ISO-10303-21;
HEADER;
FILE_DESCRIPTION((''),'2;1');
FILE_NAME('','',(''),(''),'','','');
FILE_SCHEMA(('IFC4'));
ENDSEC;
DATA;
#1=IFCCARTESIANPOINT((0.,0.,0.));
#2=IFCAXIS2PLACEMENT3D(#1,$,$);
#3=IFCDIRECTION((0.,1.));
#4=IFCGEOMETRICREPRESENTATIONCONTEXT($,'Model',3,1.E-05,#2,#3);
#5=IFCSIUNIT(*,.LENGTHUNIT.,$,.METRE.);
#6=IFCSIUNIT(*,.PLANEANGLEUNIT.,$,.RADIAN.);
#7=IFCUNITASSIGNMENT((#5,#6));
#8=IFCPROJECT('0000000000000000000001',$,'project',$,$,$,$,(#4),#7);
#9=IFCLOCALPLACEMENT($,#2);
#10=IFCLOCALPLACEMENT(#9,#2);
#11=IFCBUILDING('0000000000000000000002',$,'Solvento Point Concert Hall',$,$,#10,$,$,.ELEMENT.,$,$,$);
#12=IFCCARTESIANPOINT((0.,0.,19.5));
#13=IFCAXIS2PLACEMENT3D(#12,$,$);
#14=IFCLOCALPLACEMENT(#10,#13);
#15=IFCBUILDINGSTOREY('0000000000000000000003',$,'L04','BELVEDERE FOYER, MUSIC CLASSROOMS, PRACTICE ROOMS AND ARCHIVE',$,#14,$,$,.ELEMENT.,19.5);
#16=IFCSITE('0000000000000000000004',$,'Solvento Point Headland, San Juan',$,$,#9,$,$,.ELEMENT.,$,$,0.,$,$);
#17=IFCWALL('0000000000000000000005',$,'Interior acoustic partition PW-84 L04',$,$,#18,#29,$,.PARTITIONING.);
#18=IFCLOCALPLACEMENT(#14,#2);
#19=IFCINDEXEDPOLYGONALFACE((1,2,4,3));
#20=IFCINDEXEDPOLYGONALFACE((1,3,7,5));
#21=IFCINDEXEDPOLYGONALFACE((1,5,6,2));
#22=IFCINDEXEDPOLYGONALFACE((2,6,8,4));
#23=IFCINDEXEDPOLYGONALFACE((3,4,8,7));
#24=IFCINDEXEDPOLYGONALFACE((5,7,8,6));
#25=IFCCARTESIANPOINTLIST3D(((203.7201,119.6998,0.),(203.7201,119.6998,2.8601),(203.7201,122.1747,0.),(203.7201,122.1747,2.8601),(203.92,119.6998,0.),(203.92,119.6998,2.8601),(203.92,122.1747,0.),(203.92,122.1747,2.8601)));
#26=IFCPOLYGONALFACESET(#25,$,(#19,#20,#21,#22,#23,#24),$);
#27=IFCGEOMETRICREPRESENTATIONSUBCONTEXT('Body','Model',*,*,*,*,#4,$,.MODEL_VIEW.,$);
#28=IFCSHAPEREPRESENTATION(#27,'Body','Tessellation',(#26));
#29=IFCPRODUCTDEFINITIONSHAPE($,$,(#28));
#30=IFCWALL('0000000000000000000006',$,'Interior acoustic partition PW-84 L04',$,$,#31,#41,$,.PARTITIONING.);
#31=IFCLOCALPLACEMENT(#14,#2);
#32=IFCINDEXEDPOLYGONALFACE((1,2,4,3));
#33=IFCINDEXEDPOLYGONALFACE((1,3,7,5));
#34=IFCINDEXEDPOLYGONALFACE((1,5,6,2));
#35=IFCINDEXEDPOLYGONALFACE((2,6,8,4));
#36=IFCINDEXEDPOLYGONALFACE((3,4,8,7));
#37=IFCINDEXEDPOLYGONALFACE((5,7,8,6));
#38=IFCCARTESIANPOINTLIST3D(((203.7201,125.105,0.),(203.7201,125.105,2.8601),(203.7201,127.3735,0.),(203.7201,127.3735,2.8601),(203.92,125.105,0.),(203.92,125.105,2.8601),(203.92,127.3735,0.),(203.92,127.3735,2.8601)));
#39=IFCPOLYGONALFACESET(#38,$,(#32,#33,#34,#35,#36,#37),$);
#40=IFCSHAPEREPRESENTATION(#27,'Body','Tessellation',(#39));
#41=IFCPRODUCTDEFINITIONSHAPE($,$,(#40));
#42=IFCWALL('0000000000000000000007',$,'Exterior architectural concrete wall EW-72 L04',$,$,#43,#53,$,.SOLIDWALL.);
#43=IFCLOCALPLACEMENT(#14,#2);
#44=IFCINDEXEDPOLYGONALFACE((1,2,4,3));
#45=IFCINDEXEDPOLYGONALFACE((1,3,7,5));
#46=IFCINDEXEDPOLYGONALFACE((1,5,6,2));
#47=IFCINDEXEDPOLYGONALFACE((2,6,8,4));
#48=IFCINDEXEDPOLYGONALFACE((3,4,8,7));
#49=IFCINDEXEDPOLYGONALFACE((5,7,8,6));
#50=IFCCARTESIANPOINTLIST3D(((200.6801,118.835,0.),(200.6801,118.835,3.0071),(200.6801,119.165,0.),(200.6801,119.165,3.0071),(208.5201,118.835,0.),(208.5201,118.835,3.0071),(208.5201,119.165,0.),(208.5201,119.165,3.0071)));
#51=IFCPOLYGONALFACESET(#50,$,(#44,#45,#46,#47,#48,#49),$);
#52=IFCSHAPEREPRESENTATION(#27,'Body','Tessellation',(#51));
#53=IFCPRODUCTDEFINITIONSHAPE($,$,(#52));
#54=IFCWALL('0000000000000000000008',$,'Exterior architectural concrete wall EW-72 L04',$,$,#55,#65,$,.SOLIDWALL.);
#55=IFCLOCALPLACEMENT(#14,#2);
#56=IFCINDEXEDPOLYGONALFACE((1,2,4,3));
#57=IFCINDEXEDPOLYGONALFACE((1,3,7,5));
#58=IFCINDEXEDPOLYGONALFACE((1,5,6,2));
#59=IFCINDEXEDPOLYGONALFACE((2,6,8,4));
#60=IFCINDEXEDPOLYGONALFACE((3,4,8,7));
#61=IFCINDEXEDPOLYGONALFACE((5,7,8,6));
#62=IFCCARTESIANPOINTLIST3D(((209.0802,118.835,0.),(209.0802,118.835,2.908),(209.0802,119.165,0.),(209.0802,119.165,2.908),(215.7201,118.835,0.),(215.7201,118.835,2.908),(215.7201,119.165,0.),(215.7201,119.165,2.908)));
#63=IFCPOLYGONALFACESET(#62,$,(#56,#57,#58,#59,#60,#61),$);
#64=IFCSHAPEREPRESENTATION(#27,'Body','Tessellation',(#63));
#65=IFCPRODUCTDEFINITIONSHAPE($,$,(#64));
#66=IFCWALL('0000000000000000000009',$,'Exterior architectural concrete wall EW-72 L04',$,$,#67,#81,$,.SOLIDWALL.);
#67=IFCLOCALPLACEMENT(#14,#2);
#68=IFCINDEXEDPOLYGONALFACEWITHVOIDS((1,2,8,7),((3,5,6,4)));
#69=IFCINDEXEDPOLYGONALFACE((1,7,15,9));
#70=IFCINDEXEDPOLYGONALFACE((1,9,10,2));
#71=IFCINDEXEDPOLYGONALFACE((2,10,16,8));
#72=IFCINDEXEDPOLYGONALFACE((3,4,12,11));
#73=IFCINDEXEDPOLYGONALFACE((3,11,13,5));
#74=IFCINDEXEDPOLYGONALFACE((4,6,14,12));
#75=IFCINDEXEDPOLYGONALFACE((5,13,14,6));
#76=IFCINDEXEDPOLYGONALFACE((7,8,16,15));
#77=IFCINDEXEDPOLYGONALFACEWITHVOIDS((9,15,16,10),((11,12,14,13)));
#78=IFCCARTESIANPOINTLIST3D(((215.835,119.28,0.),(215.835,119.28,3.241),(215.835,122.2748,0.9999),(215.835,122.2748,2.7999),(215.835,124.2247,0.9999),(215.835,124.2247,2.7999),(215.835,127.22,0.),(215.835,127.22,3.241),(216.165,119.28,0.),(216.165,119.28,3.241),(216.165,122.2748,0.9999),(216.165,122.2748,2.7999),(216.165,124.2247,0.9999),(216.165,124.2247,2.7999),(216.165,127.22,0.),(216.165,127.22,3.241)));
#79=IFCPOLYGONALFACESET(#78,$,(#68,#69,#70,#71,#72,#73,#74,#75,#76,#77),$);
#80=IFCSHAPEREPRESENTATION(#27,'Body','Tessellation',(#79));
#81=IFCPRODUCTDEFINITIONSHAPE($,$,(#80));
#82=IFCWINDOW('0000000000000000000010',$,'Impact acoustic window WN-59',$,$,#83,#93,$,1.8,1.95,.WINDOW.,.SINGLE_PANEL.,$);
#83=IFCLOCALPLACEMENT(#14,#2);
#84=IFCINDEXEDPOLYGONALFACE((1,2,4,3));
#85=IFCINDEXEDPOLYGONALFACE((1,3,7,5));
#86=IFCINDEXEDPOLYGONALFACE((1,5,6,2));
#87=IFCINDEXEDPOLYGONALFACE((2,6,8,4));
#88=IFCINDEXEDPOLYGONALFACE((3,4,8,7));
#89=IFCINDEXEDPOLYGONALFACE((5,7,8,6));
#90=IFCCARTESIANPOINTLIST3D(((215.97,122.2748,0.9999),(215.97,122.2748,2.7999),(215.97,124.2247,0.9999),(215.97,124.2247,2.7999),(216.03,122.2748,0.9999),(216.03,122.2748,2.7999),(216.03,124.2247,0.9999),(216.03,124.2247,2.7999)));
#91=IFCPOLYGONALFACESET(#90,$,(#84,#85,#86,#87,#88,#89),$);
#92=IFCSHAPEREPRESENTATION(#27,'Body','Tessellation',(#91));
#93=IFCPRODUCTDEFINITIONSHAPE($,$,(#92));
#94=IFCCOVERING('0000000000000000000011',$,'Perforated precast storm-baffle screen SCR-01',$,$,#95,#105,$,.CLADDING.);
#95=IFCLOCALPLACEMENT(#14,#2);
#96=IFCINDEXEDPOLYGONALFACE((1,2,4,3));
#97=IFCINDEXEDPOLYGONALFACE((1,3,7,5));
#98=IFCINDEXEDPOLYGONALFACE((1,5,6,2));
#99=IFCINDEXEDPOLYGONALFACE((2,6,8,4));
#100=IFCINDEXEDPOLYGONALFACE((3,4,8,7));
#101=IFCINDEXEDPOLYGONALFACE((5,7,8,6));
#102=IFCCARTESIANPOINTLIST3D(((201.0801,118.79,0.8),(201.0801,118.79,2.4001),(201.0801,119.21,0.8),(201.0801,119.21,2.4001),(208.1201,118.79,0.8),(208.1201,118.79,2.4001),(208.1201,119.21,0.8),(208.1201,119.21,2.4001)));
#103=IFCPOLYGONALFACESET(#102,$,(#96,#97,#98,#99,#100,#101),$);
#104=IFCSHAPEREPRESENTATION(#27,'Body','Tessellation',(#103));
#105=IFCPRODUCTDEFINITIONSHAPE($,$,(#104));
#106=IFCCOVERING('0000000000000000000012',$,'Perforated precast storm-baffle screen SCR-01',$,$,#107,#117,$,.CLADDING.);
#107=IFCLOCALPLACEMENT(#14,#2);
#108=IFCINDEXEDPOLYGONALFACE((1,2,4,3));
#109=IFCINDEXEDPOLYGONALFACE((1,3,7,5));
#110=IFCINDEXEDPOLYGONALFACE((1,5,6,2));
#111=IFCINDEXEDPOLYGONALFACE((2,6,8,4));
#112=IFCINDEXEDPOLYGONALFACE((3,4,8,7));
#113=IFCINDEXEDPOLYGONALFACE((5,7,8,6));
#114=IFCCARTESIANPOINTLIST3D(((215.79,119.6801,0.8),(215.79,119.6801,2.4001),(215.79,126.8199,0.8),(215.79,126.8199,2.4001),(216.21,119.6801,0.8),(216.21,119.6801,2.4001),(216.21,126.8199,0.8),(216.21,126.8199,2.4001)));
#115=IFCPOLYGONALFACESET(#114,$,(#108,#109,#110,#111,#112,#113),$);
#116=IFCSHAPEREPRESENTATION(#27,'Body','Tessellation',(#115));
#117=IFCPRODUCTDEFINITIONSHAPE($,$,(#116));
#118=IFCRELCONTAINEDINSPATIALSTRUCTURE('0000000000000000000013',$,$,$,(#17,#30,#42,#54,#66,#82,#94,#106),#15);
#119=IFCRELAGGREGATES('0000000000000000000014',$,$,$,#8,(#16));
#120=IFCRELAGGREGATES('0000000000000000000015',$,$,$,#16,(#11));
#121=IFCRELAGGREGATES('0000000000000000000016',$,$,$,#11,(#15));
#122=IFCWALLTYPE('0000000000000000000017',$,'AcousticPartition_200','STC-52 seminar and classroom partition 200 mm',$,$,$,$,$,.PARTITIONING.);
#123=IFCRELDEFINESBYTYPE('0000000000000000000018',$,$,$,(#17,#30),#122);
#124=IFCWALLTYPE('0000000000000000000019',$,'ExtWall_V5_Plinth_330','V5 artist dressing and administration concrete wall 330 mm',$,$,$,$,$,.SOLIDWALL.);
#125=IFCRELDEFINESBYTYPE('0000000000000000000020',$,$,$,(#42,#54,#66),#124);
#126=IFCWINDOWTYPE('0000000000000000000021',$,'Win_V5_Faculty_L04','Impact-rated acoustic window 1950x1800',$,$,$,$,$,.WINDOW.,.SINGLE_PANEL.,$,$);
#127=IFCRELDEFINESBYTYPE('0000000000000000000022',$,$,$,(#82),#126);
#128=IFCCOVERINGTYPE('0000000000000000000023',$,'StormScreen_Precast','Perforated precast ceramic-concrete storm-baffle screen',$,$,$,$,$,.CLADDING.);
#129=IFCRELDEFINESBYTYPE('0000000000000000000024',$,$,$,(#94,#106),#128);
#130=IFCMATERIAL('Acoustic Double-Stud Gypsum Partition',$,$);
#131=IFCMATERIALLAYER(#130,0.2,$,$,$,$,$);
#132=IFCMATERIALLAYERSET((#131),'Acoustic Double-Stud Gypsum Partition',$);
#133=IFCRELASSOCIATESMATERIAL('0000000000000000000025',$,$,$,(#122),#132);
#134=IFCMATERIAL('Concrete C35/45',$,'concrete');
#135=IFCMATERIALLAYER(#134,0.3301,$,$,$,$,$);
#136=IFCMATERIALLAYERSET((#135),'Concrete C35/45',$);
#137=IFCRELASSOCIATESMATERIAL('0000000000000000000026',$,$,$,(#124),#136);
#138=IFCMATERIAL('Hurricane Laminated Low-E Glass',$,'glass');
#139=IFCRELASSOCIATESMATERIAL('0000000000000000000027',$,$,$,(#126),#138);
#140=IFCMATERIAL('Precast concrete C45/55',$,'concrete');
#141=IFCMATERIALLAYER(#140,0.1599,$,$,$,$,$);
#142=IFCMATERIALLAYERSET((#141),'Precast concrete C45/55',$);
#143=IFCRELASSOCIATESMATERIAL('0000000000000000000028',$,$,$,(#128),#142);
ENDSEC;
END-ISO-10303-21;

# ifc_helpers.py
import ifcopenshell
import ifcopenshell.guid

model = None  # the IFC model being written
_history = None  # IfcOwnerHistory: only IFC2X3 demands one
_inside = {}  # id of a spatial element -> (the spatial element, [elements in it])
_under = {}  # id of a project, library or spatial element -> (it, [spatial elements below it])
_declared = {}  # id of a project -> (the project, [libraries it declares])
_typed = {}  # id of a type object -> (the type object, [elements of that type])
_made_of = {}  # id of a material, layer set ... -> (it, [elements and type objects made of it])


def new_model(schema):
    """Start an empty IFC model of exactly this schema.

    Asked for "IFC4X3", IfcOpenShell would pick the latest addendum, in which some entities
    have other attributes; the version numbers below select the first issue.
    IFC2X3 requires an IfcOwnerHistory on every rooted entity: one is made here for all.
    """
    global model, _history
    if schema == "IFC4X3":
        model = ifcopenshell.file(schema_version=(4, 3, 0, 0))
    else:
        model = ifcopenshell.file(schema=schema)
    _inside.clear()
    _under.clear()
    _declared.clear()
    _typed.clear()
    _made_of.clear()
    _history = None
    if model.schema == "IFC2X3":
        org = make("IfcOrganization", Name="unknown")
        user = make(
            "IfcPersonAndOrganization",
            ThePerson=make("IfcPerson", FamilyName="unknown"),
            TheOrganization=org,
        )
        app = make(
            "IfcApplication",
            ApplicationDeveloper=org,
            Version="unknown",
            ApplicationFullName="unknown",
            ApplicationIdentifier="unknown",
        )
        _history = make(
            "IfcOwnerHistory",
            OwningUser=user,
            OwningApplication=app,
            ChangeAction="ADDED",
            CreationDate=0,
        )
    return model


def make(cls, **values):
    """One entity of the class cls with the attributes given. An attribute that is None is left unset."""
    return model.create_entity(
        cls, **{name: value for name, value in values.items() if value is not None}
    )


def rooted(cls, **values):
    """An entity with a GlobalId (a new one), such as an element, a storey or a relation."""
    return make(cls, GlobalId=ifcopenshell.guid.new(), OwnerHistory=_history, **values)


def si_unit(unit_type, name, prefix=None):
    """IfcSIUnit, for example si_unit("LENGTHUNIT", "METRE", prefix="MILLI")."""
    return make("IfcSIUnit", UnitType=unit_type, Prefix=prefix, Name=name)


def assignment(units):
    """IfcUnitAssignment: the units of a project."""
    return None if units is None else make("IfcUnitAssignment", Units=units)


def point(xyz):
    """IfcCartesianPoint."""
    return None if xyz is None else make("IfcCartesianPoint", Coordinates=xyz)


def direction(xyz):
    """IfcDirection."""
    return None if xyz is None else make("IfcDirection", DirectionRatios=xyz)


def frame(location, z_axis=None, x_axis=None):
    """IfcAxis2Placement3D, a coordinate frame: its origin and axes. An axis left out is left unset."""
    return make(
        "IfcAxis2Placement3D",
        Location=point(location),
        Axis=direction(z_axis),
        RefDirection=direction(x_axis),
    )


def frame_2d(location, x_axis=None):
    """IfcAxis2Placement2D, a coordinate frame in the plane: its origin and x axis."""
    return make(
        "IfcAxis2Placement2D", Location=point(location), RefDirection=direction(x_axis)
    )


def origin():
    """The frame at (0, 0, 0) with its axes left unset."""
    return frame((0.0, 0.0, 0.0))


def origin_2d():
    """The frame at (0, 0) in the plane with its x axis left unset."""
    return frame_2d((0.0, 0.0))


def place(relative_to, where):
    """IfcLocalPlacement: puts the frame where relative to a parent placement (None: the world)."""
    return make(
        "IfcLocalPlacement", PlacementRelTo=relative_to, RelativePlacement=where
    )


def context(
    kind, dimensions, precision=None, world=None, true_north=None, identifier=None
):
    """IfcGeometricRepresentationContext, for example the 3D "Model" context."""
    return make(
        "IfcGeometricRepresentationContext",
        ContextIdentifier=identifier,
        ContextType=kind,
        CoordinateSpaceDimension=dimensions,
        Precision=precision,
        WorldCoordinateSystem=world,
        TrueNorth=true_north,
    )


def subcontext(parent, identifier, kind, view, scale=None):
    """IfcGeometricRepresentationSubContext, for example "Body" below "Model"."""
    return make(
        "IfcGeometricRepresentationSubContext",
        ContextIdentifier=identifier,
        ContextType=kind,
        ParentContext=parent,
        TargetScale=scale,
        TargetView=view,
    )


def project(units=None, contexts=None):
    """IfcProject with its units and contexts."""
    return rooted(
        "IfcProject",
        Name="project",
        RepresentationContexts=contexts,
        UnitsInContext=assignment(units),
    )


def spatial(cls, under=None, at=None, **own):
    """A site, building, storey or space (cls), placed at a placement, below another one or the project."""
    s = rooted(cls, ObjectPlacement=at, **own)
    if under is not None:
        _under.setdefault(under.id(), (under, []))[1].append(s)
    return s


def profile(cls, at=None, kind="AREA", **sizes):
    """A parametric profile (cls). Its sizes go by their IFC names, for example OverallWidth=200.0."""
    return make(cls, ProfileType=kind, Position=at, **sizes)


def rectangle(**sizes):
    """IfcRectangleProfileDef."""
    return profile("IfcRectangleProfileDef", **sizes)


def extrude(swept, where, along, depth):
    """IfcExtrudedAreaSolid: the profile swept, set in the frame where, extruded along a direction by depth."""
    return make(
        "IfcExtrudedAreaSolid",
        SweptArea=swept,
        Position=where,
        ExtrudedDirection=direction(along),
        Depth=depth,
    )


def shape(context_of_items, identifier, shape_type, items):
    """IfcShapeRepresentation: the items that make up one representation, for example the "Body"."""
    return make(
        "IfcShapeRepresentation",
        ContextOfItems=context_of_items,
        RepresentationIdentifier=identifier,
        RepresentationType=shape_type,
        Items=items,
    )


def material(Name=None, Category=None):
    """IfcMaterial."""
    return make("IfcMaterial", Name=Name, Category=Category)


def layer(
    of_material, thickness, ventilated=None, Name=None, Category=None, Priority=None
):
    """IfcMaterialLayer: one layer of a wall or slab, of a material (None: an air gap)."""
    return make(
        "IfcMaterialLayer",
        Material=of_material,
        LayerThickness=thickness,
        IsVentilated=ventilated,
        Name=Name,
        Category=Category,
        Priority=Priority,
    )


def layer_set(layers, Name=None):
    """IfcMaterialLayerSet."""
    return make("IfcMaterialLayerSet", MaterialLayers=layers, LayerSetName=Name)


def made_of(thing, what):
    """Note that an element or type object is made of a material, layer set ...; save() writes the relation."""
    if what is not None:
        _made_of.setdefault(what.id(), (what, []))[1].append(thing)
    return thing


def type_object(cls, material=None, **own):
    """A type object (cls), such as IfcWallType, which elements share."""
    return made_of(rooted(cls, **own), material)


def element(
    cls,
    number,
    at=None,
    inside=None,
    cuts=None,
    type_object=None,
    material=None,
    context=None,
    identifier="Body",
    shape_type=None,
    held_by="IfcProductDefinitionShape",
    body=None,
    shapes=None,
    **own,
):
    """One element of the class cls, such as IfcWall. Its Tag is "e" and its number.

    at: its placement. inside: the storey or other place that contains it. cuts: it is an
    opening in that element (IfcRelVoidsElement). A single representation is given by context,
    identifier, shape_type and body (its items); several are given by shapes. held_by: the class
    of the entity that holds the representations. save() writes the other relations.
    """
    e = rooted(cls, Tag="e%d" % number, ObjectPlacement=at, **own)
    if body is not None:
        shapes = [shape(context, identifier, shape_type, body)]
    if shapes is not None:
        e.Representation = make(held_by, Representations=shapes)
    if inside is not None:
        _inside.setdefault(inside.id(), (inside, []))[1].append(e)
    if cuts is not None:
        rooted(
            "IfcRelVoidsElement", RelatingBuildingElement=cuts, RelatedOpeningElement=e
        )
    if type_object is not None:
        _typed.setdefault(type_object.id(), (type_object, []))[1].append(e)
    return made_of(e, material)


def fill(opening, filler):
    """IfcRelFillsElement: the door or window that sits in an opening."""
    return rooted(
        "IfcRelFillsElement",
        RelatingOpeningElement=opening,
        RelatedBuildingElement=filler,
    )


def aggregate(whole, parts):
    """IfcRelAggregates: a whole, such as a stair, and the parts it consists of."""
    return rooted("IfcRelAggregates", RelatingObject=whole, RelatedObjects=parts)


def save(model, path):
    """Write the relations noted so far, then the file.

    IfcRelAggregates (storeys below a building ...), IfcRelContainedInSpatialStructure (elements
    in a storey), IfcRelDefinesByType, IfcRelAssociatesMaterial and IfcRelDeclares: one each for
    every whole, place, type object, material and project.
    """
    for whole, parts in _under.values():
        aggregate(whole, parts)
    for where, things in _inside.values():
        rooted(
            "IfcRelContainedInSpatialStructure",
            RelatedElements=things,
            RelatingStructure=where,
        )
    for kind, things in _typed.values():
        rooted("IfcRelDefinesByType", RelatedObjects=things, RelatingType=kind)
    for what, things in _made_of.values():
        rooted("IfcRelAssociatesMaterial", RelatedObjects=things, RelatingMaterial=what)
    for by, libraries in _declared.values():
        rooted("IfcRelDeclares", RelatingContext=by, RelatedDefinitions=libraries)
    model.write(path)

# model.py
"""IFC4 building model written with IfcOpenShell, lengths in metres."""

from ifc_helpers import new_model, si_unit, direction, frame, frame_2d, origin, origin_2d, place, context, subcontext, project, spatial, rectangle, extrude, material, layer, layer_set, type_object, element, fill, save


model = new_model("IFC4")

# Units and contexts
model_context = context("Model", 3, precision=1e-05, world=origin(), true_north=direction((0.0, 1.0)))
body_context = subcontext(model_context, "Body", "Model", "MODEL_VIEW")
ifc_project = project(units=[si_unit("LENGTHUNIT", "METRE"), si_unit("PLANEANGLEUNIT", "RADIAN")], contexts=[model_context])

# Site, building, storey
site_placement = place(None, origin())
site = spatial("IfcSite", under=ifc_project, at=site_placement, Name="Solvento Point Headland, San Juan", CompositionType="ELEMENT", RefElevation=0.0)
building_placement = place(site_placement, origin())
building = spatial("IfcBuilding", under=site, at=building_placement, Name="Solvento Point Concert Hall", CompositionType="ELEMENT")
storey_placement = place(building_placement, frame((0.0, 0.0, 19.5)))
storey = spatial("IfcBuildingStorey", under=building, at=storey_placement, Name="L04", Description="BELVEDERE FOYER, MUSIC CLASSROOMS, PRACTICE ROOMS AND ARCHIVE", CompositionType="ELEMENT", Elevation=19.5)

# Walls
ifc_material_1 = material(Name="Acoustic Double-Stud Gypsum Partition")
ifc_layer_1 = layer(ifc_material_1, 0.2)
ifc_layer_set_1 = layer_set([ifc_layer_1], Name="Acoustic Double-Stud Gypsum Partition")
wall_type_1 = type_object("IfcWallType", Name="AcousticPartition_200", Description="STC-52 seminar and classroom partition 200 mm", PredefinedType="PARTITIONING", material=ifc_layer_set_1)
wall_1_placement = place(storey_placement, frame((203.8201, 119.7, 0.0), z_axis=(0.0, 0.0, 1.0), x_axis=(0.0, 1.0, 0.0)))
element("IfcWall", 1, at=wall_1_placement, inside=storey, type_object=wall_type_1, Name="Interior acoustic partition PW-84 L04", PredefinedType="PARTITIONING", context=body_context, shape_type="SweptSolid", body=[
    extrude(rectangle(XDim=2.4749, YDim=0.2, at=frame_2d((1.2373, 0.0))), origin(), (0.0, 0.0, 1.0), 2.8601),
])
wall_2_placement = place(storey_placement, frame((203.8201, 125.105, 0.0), z_axis=(0.0, 0.0, 1.0), x_axis=(0.0, 1.0, 0.0)))
element("IfcWall", 2, at=wall_2_placement, inside=storey, type_object=wall_type_1, Name="Interior acoustic partition PW-84 L04", PredefinedType="PARTITIONING", context=body_context, shape_type="SweptSolid", body=[
    extrude(rectangle(XDim=2.2686, YDim=0.2, at=frame_2d((1.1343, 0.0))), origin(), (0.0, 0.0, 1.0), 2.8601),
])
ifc_material_2 = material(Name="Concrete C35/45", Category="concrete")
ifc_layer_2 = layer(ifc_material_2, 0.3301)
ifc_layer_set_2 = layer_set([ifc_layer_2], Name="Concrete C35/45")
wall_type_2 = type_object("IfcWallType", Name="ExtWall_V5_Plinth_330", Description="V5 artist dressing and administration concrete wall 330 mm", PredefinedType="SOLIDWALL", material=ifc_layer_set_2)
wall_3_placement = place(storey_placement, frame((208.52, 119.0, 0.0), z_axis=(0.0, 0.0, 1.0), x_axis=(-1.0, 0.0, 0.0)))
element("IfcWall", 3, at=wall_3_placement, inside=storey, type_object=wall_type_2, Name="Exterior architectural concrete wall EW-72 L04", PredefinedType="SOLIDWALL", context=body_context, shape_type="SweptSolid", body=[
    extrude(rectangle(XDim=7.8401, YDim=0.3301, at=frame_2d((3.9199, 0.0))), origin(), (0.0, 0.0, 1.0), 3.0071),
])
wall_4_placement = place(storey_placement, frame((215.72, 119.0, 0.0), z_axis=(0.0, 0.0, 1.0), x_axis=(-1.0, 0.0, 0.0)))
element("IfcWall", 4, at=wall_4_placement, inside=storey, type_object=wall_type_2, Name="Exterior architectural concrete wall EW-72 L04", PredefinedType="SOLIDWALL", context=body_context, shape_type="SweptSolid", body=[
    extrude(rectangle(XDim=6.6399, YDim=0.3301, at=frame_2d((3.3198, 0.0))), origin(), (0.0, 0.0, 1.0), 2.908),
])

# Wall, opening, window
wall_5_placement = place(storey_placement, frame((216.0, 127.22, 0.0), z_axis=(0.0, 0.0, 1.0), x_axis=(0.0, -1.0, 0.0)))
wall_5 = element("IfcWall", 5, at=wall_5_placement, inside=storey, type_object=wall_type_2, Name="Exterior architectural concrete wall EW-72 L04", PredefinedType="SOLIDWALL", context=body_context, shape_type="SweptSolid", body=[
    extrude(rectangle(XDim=7.9399, YDim=0.3301, at=frame_2d((3.97, 0.0))), origin(), (0.0, 0.0, 1.0), 3.241),
])
opening_placement = place(wall_5_placement, frame((2.9951, 0.0, 1.0)))
opening = element("IfcOpeningElement", 6, at=opening_placement, cuts=wall_5, PredefinedType="OPENING", context=body_context, shape_type="SweptSolid", body=[
    extrude(rectangle(XDim=1.95, YDim=1.8, at=frame_2d((0.9751, 0.8999))), frame((0.0, 0.175, 0.0), z_axis=(0.0, -1.0, 0.0), x_axis=(1.0, 0.0, 0.0)), (0.0, 0.0, 1.0), 0.3501),
])
ifc_material_3 = material(Name="Hurricane Laminated Low-E Glass", Category="glass")
window_type = type_object("IfcWindowType", Name="Win_V5_Faculty_L04", Description="Impact-rated acoustic window 1950x1800", PartitioningType="SINGLE_PANEL", PredefinedType="WINDOW", material=ifc_material_3)
window_placement = place(opening_placement, origin())
window = element("IfcWindow", 7, at=window_placement, inside=storey, type_object=window_type, Name="Impact acoustic window WN-59", OverallHeight=1.8, OverallWidth=1.95, PartitioningType="SINGLE_PANEL", PredefinedType="WINDOW", context=body_context, shape_type="SweptSolid", body=[
    extrude(rectangle(XDim=1.95, YDim=1.8, at=frame_2d((0.9751, 0.8999))), frame((0.0, 0.03, 0.0), z_axis=(0.0, -1.0, 0.0), x_axis=(1.0, 0.0, 0.0)), (0.0, 0.0, 1.0), 0.0601),
])
fill(opening, window)

# Coverings
ifc_material_4 = material(Name="Precast concrete C45/55", Category="concrete")
ifc_layer_3 = layer(ifc_material_4, 0.1599)
ifc_layer_set_3 = layer_set([ifc_layer_3], Name="Precast concrete C45/55")
covering_type = type_object("IfcCoveringType", Name="StormScreen_Precast", Description="Perforated precast ceramic-concrete storm-baffle screen", PredefinedType="CLADDING", material=ifc_layer_set_3)
covering_1_placement = place(storey_placement, frame((204.6001, 119.0, 0.8), z_axis=(0.0, 0.0, 1.0), x_axis=(-1.0, 0.0, 0.0)))
element("IfcCovering", 8, at=covering_1_placement, inside=storey, type_object=covering_type, Name="Perforated precast storm-baffle screen SCR-01", PredefinedType="CLADDING", context=body_context, shape_type="SweptSolid", body=[
    extrude(rectangle(XDim=7.04, YDim=0.4199, at=origin_2d()), origin(), (0.0, 0.0, 1.0), 1.6001),
])
covering_2_placement = place(storey_placement, frame((216.0, 123.25, 0.8), z_axis=(0.0, 0.0, 1.0), x_axis=(0.0, -1.0, 0.0)))
element("IfcCovering", 9, at=covering_2_placement, inside=storey, type_object=covering_type, Name="Perforated precast storm-baffle screen SCR-01", PredefinedType="CLADDING", context=body_context, shape_type="SweptSolid", body=[
    extrude(rectangle(XDim=7.1399, YDim=0.4199, at=origin_2d()), origin(), (0.0, 0.0, 1.0), 1.6001),
])

save(model, "model.ifc")
